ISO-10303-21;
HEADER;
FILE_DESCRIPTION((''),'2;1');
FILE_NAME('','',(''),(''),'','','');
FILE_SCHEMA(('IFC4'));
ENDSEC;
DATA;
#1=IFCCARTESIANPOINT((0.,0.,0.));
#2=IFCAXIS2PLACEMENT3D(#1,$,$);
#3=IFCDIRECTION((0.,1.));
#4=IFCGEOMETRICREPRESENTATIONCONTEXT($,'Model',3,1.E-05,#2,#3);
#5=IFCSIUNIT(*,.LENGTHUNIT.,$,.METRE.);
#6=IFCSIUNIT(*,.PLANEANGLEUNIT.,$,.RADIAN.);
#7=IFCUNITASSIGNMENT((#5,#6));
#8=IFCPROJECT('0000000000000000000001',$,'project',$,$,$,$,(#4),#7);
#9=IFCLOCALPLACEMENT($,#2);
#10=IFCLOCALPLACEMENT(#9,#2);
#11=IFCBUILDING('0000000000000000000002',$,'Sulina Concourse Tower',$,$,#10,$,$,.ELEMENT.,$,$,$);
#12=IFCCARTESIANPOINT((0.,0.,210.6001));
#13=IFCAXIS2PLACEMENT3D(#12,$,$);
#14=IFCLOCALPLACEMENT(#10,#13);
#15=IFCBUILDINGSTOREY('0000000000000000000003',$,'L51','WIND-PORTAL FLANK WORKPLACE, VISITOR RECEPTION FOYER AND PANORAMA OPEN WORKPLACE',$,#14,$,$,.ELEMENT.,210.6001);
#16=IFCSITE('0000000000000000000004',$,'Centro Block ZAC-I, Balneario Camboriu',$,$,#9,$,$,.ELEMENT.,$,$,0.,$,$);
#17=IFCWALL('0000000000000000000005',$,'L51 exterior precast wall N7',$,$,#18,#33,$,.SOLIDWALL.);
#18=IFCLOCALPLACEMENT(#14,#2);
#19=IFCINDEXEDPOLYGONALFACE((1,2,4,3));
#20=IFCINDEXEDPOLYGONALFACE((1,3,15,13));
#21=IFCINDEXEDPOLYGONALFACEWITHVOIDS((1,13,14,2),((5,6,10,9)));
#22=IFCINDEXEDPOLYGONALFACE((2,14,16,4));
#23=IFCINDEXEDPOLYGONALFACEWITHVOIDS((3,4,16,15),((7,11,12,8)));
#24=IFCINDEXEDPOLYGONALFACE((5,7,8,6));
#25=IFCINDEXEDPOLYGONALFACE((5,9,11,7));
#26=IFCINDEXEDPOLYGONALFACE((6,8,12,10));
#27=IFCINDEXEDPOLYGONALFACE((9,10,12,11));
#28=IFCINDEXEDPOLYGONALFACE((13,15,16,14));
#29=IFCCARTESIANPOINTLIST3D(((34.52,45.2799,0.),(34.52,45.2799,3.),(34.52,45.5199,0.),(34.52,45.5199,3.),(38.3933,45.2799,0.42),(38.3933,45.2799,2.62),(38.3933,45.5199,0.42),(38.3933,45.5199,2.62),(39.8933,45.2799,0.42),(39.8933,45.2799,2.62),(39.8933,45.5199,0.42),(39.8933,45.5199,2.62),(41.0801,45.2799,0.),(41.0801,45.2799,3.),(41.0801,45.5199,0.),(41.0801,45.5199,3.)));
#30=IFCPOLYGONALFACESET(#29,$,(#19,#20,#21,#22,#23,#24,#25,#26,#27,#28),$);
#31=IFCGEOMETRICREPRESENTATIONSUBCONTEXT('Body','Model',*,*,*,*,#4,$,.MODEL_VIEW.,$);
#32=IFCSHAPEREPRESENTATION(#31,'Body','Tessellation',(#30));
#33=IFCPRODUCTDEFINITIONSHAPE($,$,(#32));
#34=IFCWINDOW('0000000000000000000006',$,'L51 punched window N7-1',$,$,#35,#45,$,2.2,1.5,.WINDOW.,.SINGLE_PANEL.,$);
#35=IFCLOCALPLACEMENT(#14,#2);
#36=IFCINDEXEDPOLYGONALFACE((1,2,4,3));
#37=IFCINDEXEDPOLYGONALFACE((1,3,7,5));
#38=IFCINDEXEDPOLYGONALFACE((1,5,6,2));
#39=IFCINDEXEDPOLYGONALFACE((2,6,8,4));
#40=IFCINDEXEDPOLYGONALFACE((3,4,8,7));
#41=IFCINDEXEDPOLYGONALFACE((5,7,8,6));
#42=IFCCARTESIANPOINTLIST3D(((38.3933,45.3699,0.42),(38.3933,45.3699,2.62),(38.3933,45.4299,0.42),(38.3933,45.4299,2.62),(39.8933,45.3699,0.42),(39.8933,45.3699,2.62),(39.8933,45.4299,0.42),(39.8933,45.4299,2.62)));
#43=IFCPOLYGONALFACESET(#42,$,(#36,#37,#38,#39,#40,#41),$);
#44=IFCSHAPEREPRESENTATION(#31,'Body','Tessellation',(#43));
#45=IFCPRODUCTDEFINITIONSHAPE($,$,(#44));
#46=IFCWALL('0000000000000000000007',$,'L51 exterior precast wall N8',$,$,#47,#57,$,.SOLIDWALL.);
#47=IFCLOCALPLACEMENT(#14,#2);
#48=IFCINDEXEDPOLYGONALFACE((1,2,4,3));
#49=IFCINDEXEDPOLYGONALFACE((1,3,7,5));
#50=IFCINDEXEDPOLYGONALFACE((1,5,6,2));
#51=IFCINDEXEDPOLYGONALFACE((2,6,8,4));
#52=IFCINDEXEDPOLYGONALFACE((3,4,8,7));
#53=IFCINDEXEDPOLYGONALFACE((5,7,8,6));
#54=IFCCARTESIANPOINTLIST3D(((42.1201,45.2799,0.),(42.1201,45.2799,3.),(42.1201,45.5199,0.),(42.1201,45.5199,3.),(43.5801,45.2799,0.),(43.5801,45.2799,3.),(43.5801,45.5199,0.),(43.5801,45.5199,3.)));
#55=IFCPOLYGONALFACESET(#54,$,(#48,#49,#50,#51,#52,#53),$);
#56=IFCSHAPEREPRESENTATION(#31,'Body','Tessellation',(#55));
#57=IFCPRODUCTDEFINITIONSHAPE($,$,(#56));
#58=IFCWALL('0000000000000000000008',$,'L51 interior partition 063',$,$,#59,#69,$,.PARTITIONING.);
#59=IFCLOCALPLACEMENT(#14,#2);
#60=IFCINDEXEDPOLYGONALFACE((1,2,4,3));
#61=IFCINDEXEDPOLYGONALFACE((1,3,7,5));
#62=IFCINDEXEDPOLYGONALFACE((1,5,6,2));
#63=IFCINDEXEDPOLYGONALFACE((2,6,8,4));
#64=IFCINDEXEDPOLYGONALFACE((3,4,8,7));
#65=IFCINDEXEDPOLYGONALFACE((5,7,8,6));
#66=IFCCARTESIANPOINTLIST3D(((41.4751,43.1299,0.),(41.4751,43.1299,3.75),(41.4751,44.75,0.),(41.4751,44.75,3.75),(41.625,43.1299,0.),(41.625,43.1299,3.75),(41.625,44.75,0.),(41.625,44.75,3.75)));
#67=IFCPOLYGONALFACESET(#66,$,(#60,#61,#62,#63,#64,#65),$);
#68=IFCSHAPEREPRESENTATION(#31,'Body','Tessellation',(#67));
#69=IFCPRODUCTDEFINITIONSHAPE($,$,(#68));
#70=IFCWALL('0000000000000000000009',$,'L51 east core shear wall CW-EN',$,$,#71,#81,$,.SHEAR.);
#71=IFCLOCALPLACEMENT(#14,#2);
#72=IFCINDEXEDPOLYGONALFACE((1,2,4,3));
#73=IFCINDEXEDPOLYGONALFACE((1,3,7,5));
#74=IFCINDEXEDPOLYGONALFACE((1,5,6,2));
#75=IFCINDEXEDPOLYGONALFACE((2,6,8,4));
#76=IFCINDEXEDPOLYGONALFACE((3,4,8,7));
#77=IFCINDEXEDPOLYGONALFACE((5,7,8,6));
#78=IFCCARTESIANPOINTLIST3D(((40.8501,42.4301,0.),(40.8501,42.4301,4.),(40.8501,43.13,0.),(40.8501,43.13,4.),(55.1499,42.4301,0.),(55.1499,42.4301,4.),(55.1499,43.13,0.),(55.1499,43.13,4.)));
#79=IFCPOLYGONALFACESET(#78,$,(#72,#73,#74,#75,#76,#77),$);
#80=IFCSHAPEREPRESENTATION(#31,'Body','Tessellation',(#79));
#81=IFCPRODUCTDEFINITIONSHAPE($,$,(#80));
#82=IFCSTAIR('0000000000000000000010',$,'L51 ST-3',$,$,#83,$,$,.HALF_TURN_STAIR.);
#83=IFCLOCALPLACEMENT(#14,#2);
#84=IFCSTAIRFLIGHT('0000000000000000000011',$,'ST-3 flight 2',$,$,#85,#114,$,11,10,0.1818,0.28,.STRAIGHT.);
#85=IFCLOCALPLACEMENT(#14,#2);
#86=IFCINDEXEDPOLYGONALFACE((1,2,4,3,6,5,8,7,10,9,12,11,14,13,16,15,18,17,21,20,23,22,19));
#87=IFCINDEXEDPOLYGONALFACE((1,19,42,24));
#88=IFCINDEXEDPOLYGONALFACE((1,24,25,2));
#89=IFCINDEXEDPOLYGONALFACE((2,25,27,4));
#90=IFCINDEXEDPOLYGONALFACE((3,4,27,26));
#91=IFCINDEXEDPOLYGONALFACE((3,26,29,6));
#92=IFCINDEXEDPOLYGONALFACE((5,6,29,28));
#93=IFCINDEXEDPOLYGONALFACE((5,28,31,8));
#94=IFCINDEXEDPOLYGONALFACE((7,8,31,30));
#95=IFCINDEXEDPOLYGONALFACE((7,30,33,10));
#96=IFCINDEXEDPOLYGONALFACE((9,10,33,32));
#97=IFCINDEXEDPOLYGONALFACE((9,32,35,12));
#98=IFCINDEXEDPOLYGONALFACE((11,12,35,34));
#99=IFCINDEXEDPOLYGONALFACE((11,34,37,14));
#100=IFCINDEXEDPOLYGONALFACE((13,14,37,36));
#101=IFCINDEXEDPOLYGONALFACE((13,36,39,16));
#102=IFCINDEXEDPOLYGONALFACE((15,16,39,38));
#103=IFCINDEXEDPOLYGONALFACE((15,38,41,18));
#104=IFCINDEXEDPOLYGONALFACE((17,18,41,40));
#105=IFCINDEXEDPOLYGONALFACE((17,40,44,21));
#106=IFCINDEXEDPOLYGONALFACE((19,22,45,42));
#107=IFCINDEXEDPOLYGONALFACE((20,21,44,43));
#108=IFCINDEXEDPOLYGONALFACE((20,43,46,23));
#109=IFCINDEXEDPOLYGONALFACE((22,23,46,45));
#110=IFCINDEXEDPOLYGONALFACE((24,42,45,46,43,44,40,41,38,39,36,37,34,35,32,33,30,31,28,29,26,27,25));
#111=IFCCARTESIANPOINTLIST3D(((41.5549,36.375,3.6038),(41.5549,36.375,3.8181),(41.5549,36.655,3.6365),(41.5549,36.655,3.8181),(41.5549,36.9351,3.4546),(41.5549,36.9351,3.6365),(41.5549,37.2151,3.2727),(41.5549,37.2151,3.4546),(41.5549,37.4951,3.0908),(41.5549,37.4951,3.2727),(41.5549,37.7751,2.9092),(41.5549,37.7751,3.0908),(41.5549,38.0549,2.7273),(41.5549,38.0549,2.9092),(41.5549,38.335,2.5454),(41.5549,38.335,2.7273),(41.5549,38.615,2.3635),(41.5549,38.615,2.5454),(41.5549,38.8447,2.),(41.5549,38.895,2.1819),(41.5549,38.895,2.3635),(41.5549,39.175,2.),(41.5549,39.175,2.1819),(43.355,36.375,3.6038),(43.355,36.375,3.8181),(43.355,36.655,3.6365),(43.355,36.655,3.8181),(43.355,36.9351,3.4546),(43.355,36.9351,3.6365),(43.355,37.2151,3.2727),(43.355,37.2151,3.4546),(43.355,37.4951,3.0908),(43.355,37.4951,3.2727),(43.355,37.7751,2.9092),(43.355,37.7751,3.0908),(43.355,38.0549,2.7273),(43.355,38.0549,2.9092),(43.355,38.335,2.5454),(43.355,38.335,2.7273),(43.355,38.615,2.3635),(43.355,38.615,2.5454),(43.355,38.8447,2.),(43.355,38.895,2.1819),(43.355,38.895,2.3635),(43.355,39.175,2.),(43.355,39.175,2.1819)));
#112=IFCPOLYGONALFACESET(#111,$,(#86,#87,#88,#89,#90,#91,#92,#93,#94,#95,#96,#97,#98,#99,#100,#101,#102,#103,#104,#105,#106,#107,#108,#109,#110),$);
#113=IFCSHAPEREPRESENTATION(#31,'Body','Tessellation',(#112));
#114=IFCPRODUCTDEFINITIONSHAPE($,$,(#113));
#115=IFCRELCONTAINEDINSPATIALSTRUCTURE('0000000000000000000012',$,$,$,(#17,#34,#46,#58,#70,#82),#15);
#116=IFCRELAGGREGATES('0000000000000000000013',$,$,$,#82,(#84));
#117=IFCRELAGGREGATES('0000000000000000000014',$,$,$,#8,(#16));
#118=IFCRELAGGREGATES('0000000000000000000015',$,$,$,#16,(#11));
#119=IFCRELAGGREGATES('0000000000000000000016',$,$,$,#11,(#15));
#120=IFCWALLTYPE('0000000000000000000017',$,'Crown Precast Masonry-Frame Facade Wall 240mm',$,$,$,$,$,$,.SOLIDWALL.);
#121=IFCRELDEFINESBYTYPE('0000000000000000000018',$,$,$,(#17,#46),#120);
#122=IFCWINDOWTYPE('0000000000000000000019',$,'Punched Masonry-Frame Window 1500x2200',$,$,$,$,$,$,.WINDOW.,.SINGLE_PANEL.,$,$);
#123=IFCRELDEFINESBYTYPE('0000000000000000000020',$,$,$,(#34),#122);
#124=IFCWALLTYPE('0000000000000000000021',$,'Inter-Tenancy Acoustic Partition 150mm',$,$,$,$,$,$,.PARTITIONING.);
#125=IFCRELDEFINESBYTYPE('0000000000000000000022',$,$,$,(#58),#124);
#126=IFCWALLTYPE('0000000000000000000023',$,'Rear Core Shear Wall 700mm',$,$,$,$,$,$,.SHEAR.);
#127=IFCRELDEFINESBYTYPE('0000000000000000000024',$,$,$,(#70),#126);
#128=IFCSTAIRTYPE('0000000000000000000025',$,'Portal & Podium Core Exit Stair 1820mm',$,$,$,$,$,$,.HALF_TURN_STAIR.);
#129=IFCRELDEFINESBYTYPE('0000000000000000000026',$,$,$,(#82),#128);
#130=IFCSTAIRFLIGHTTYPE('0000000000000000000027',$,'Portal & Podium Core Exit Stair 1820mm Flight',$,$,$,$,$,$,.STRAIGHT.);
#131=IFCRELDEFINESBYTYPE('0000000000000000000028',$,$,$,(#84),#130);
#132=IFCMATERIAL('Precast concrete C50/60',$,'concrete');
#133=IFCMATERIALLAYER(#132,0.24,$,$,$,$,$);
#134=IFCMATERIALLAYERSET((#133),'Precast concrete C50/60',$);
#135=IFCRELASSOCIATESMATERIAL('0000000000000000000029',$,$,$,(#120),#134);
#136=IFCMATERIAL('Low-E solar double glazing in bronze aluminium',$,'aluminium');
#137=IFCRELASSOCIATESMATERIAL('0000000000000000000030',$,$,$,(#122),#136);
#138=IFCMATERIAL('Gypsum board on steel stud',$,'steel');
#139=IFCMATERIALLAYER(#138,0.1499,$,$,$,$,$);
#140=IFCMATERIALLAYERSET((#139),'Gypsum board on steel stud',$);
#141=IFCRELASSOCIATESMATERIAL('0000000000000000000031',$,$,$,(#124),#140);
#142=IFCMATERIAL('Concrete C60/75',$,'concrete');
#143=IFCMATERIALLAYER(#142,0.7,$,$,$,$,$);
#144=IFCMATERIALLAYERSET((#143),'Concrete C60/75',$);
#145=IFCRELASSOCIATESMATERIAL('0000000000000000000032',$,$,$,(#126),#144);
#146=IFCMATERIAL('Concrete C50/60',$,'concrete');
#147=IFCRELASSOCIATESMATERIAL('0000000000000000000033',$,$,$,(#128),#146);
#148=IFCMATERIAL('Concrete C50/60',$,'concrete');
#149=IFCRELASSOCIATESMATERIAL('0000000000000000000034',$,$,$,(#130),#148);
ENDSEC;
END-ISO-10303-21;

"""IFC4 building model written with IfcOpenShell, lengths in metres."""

from ifc_helpers import new_model, si_unit, direction, frame, frame_2d, origin, place, context, subcontext, project, spatial, polyline, rectangle, outline, extrude, material, layer, layer_set, type_object, element, fill, aggregate, save


model = new_model("IFC4")

# Units and contexts
model_context = context("Model", 3, precision=1e-05, world=origin(), true_north=direction((0.0, 1.0)))
body_context = subcontext(model_context, "Body", "Model", "MODEL_VIEW")
ifc_project = project(units=[si_unit("LENGTHUNIT", "METRE"), si_unit("PLANEANGLEUNIT", "RADIAN")], contexts=[model_context])

# Site, building, storey
site_placement = place(None, origin())
site = spatial("IfcSite", under=ifc_project, at=site_placement, Name="Centro Block ZAC-I, Balneario Camboriu", CompositionType="ELEMENT", RefElevation=0.0)
building_placement = place(site_placement, origin())
building = spatial("IfcBuilding", under=site, at=building_placement, Name="Sulina Concourse Tower", CompositionType="ELEMENT")
storey_placement = place(building_placement, frame((0.0, 0.0, 210.6001)))
storey = spatial("IfcBuildingStorey", under=building, at=storey_placement, Name="L51", Description="WIND-PORTAL FLANK WORKPLACE, VISITOR RECEPTION FOYER AND PANORAMA OPEN WORKPLACE", CompositionType="ELEMENT", Elevation=210.6001)

# Wall, opening, window
ifc_material_1 = material(Name="Precast concrete C50/60", Category="concrete")
ifc_layer_1 = layer(ifc_material_1, 0.24)
ifc_layer_set_1 = layer_set([ifc_layer_1], Name="Precast concrete C50/60")
wall_type_1 = type_object("IfcWallType", Name="Crown Precast Masonry-Frame Facade Wall 240mm", PredefinedType="SOLIDWALL", material=ifc_layer_set_1)
ifc_material_2 = material(Name="Low-E solar double glazing in bronze aluminium", Category="aluminium")
window_type = type_object("IfcWindowType", Name="Punched Masonry-Frame Window 1500x2200", PartitioningType="SINGLE_PANEL", PredefinedType="WINDOW", material=ifc_material_2)
wall_1_placement = place(storey_placement, frame((34.52, 45.3999, 0.0), z_axis=(0.0, 0.0, 1.0), x_axis=(1.0, 0.0, 0.0)))
wall_1 = element("IfcWall", 1, at=wall_1_placement, inside=storey, type_object=wall_type_1, Name="L51 exterior precast wall N7", PredefinedType="SOLIDWALL", context=body_context, shape_type="SweptSolid", body=[
    extrude(rectangle(XDim=6.5601, YDim=0.24, at=frame_2d((3.28, 0.0))), origin(), (0.0, 0.0, 1.0), 3.0),
])
opening_1_placement = place(wall_1_placement, frame((3.8733, 0.0, 0.4199)))
opening_1 = element("IfcOpeningElement", 2, at=opening_1_placement, cuts=wall_1, PredefinedType="OPENING", context=body_context, shape_type="SweptSolid", body=[
    extrude(rectangle(XDim=1.5, YDim=2.2, at=frame_2d((0.75, 1.1001))), frame((0.0, 0.1299, 0.0), z_axis=(0.0, -1.0, 0.0), x_axis=(1.0, 0.0, 0.0)), (0.0, 0.0, 1.0), 0.26),
])
window_1_placement = place(opening_1_placement, origin())
window_1 = element("IfcWindow", 3, at=window_1_placement, inside=storey, type_object=window_type, Name="L51 punched window N7-1", OverallHeight=2.2, OverallWidth=1.5, PartitioningType="SINGLE_PANEL", PredefinedType="WINDOW", context=body_context, shape_type="SweptSolid", body=[
    extrude(rectangle(XDim=1.5, YDim=2.2, at=frame_2d((0.75, 1.1001))), frame((0.0, 0.03, 0.0), z_axis=(0.0, -1.0, 0.0), x_axis=(1.0, 0.0, 0.0)), (0.0, 0.0, 1.0), 0.0601),
])
fill(opening_1, window_1)

# Walls
wall_2_placement = place(storey_placement, frame((42.1201, 45.3999, 0.0), z_axis=(0.0, 0.0, 1.0), x_axis=(1.0, 0.0, 0.0)))
element("IfcWall", 4, at=wall_2_placement, inside=storey, type_object=wall_type_1, Name="L51 exterior precast wall N8", PredefinedType="SOLIDWALL", context=body_context, shape_type="SweptSolid", body=[
    extrude(rectangle(XDim=1.46, YDim=0.24, at=frame_2d((0.73, 0.0))), origin(), (0.0, 0.0, 1.0), 3.0),
])
ifc_material_3 = material(Name="Gypsum board on steel stud", Category="steel")
ifc_layer_2 = layer(ifc_material_3, 0.1499)
ifc_layer_set_2 = layer_set([ifc_layer_2], Name="Gypsum board on steel stud")
wall_type_2 = type_object("IfcWallType", Name="Inter-Tenancy Acoustic Partition 150mm", PredefinedType="PARTITIONING", material=ifc_layer_set_2)
wall_3_placement = place(storey_placement, frame((41.55, 43.1299, 0.0), z_axis=(0.0, 0.0, 1.0), x_axis=(0.0, 1.0, 0.0)))
element("IfcWall", 5, at=wall_3_placement, inside=storey, type_object=wall_type_2, Name="L51 interior partition 063", PredefinedType="PARTITIONING", context=body_context, shape_type="SweptSolid", body=[
    extrude(rectangle(XDim=1.6201, YDim=0.1499, at=frame_2d((0.8101, 0.0))), origin(), (0.0, 0.0, 1.0), 3.75),
])
ifc_material_4 = material(Name="Concrete C60/75", Category="concrete")
ifc_layer_3 = layer(ifc_material_4, 0.7)
ifc_layer_set_3 = layer_set([ifc_layer_3], Name="Concrete C60/75")
wall_type_3 = type_object("IfcWallType", Name="Rear Core Shear Wall 700mm", PredefinedType="SHEAR", material=ifc_layer_set_3)
wall_4_placement = place(storey_placement, frame((40.8501, 42.78, 0.0), z_axis=(0.0, 0.0, 1.0), x_axis=(1.0, 0.0, 0.0)))
element("IfcWall", 6, at=wall_4_placement, inside=storey, type_object=wall_type_3, Name="L51 east core shear wall CW-EN", PredefinedType="SHEAR", context=body_context, shape_type="SweptSolid", body=[
    extrude(rectangle(XDim=14.2998, YDim=0.7, at=frame_2d((7.1499, 0.0))), origin(), (0.0, 0.0, 1.0), 4.0),
])

# Stair, stair flight
ifc_material_5 = material(Name="Concrete C50/60", Category="concrete")
stair_type = type_object("IfcStairType", Name="Portal & Podium Core Exit Stair 1820mm", PredefinedType="HALF_TURN_STAIR", material=ifc_material_5)
stair_placement = place(storey_placement, origin())
stair = element("IfcStair", 7, at=stair_placement, inside=storey, type_object=stair_type, Name="L51 ST-3", PredefinedType="HALF_TURN_STAIR")
ifc_material_6 = material(Name="Concrete C50/60", Category="concrete")
stair_flight_type = type_object("IfcStairFlightType", Name="Portal & Podium Core Exit Stair 1820mm Flight", PredefinedType="STRAIGHT", material=ifc_material_6)
stair_flight_placement = place(storey_placement, frame((42.4551, 39.175, 2.0), z_axis=(0.0, 0.0, 1.0), x_axis=(0.0, -1.0, 0.0)))
stair_flight = element("IfcStairFlight", 8, at=stair_flight_placement, type_object=stair_flight_type, Name="ST-3 flight 2", NumberOfRisers=11, NumberOfTreads=10, PredefinedType="STRAIGHT", RiserHeight=0.1818, TreadLength=0.28, context=body_context, shape_type="SweptSolid", body=[
    extrude(outline(polyline([(0.0, 0.0), (0.0, 0.1819), (0.28, 0.1819), (0.28, 0.3635), (0.5601, 0.3635), (0.5601, 0.5454), (0.8401, 0.5454), (0.8401, 0.7273), (1.1201, 0.7273), (1.1201, 0.9092), (1.3999, 0.9092), (1.3999, 1.0908), (1.6799, 1.0908), (1.6799, 1.2727), (1.96, 1.2727), (1.96, 1.4546), (2.24, 1.4546), (2.24, 1.6365), (2.52, 1.6365), (2.52, 1.8181), (2.8, 1.8181), (2.8, 2.0), (2.8, 1.6038), (0.3303, 0.0), (0.0, 0.0)])), frame((0.0, 0.8999, 0.0), z_axis=(0.0, -1.0, 0.0), x_axis=(1.0, 0.0, 0.0)), (0.0, 0.0, 1.0), 1.8),
])
aggregate(stair, [stair_flight])

save(model, "model.ifc")
